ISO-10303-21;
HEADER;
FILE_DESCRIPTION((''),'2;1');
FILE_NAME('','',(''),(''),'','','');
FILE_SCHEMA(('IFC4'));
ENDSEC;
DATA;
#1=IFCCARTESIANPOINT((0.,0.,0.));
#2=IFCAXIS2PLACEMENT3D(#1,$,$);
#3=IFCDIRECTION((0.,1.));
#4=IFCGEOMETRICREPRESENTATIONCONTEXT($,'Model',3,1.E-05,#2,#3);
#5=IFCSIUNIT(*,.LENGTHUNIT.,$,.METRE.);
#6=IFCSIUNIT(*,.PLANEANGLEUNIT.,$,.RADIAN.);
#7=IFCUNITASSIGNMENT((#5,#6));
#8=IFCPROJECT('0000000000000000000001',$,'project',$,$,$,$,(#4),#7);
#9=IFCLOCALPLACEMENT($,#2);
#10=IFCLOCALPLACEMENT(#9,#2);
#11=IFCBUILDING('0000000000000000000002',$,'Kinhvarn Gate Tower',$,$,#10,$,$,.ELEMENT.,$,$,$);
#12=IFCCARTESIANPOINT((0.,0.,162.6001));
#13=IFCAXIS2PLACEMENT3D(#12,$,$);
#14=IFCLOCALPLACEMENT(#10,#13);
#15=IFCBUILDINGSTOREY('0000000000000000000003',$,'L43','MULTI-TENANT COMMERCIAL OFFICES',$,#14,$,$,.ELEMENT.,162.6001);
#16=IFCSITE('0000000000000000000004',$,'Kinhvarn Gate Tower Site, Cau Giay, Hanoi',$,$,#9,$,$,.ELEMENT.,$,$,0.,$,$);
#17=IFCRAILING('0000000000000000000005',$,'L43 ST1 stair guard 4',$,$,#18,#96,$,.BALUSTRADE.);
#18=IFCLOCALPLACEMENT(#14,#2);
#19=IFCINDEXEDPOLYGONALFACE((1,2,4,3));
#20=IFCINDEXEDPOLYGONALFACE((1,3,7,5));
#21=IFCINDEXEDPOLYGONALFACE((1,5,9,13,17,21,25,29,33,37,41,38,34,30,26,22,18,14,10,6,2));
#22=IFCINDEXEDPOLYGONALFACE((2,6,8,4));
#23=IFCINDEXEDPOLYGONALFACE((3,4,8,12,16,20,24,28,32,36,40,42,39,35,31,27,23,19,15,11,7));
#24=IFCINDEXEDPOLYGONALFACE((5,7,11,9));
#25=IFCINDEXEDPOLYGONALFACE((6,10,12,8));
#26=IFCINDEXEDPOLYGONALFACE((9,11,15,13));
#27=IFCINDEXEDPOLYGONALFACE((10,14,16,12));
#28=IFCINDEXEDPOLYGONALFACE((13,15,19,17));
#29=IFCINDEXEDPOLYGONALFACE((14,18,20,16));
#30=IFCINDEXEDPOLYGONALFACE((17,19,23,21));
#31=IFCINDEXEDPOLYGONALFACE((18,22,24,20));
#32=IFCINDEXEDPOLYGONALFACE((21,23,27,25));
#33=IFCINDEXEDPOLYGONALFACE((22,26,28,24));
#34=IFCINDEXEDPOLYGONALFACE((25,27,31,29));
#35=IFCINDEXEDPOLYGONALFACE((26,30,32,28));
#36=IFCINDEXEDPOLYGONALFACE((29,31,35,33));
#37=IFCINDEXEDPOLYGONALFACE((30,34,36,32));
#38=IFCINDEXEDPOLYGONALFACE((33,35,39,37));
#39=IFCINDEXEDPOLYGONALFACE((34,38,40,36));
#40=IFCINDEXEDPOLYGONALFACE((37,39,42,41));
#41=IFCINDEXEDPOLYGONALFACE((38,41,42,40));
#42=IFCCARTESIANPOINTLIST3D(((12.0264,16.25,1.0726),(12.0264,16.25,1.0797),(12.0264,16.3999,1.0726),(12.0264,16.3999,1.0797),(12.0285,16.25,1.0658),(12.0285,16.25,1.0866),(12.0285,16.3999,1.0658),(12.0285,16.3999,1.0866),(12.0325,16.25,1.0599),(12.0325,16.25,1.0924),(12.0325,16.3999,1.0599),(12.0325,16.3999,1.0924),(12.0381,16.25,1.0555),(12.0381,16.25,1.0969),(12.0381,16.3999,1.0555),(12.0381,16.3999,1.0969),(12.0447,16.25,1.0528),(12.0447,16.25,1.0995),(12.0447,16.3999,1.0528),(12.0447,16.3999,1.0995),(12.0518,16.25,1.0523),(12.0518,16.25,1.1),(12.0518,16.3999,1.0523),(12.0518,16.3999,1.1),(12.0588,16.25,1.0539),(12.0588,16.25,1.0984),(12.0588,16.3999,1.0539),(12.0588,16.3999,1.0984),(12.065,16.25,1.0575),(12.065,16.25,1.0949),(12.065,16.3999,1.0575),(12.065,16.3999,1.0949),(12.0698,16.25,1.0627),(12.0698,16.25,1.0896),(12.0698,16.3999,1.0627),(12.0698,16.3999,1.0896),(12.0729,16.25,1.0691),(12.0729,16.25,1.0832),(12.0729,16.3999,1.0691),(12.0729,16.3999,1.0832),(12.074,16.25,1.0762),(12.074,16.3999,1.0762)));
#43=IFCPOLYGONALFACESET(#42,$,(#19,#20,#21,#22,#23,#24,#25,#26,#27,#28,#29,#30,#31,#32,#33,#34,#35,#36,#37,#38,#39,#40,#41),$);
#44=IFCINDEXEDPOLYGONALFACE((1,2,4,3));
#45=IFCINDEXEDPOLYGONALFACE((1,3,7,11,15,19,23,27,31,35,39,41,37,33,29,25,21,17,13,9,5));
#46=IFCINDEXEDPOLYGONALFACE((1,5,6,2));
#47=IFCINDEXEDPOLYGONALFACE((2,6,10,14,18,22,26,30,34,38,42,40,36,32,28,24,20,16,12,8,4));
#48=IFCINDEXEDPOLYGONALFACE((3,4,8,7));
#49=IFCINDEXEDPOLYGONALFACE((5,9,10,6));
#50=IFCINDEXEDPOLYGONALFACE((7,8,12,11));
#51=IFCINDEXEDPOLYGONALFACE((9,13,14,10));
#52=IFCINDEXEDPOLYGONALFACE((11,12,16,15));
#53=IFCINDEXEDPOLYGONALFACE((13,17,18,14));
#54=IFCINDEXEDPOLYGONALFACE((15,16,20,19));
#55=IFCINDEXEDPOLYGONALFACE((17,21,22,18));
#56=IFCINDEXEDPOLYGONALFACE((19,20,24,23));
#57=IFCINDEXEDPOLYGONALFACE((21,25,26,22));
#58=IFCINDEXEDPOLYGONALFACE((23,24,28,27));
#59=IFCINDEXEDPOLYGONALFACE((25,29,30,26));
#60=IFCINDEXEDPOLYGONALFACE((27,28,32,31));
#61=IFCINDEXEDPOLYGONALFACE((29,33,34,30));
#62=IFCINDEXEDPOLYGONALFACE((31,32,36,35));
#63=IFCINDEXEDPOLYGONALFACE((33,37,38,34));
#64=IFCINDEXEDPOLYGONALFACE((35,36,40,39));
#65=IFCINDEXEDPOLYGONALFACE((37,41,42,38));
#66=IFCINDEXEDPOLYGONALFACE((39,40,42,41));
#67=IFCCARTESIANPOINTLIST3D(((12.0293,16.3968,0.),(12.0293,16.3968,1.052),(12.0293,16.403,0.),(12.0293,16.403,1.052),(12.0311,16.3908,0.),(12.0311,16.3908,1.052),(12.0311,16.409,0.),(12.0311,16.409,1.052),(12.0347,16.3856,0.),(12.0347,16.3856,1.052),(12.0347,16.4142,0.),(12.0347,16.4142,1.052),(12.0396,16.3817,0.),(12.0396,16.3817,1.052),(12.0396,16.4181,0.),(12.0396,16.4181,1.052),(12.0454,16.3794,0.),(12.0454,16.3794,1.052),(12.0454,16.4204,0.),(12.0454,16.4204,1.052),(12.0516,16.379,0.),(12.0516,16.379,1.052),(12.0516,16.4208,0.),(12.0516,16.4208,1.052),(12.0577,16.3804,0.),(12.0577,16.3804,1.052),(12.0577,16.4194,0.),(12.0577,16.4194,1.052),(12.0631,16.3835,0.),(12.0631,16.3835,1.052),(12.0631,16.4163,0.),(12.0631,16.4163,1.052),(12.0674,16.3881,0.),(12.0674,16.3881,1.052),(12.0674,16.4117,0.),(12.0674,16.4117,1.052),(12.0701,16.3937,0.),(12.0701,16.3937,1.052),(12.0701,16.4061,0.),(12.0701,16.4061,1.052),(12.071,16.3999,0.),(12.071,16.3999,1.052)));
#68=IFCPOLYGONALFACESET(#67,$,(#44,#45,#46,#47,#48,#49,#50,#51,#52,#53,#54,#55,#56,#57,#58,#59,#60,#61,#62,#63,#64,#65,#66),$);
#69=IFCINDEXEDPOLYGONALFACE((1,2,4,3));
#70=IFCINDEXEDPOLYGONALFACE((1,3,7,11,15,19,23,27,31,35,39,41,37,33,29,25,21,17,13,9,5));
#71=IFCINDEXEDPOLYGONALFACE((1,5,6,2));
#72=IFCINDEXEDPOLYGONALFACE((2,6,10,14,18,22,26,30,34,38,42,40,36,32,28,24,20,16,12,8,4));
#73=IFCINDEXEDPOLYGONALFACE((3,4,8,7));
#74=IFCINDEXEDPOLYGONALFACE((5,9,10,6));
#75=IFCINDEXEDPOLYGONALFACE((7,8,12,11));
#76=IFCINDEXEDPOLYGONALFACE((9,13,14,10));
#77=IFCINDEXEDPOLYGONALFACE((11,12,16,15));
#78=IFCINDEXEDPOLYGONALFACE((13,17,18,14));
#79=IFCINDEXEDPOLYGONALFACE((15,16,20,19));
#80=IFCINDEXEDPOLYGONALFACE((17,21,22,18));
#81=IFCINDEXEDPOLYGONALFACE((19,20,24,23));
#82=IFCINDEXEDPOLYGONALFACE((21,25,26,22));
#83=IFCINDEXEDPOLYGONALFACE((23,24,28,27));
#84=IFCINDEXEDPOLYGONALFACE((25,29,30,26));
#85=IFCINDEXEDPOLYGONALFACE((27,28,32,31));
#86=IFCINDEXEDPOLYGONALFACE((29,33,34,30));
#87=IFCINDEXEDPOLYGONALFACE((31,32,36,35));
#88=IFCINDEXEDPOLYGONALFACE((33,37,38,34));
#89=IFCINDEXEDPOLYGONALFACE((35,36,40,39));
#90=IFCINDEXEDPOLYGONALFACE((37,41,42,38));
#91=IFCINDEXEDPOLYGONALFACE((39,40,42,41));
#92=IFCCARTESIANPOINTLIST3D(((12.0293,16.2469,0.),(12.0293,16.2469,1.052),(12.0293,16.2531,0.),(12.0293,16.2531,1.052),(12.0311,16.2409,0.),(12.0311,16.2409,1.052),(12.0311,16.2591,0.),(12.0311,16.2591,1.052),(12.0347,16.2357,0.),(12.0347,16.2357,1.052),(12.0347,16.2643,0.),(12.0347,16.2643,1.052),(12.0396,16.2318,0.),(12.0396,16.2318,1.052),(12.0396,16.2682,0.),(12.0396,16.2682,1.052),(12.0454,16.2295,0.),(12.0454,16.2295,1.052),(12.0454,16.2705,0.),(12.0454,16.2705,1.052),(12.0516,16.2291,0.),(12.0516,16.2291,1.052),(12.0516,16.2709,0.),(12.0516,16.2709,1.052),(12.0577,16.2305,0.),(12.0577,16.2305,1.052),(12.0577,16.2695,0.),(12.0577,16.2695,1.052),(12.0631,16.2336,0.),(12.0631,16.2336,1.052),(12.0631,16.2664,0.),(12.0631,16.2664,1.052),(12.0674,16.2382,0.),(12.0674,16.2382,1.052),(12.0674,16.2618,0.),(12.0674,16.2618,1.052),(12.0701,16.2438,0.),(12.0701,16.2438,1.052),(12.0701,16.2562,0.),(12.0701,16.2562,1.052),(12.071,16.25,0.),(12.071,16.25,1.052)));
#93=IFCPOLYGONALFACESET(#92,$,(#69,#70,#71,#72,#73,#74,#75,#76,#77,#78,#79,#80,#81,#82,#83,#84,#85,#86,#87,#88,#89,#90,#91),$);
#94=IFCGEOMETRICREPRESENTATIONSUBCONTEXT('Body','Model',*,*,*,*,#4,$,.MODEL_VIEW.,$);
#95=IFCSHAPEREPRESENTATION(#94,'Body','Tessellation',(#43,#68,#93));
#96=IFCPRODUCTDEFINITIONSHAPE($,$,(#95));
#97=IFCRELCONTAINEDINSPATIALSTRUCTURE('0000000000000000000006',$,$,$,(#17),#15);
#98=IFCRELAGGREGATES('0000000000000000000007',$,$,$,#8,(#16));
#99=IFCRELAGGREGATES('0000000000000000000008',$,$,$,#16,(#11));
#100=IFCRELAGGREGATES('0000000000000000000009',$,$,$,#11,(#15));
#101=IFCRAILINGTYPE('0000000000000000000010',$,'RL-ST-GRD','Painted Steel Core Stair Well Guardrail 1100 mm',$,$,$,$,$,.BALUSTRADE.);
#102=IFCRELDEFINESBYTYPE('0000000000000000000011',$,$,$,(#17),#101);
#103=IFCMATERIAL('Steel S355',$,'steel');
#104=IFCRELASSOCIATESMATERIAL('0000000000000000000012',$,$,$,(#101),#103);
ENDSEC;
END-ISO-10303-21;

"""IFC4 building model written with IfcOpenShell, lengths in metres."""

from ifc_helpers import new_model, si_unit, direction, frame, origin, origin_2d, place, context, subcontext, project, spatial, circle, extrude, material, type_object, element, save


model = new_model("IFC4")

# Units and contexts
model_context = context("Model", 3, precision=1e-05, world=origin(), true_north=direction((0.0, 1.0)))
body_context = subcontext(model_context, "Body", "Model", "MODEL_VIEW")
ifc_project = project(units=[si_unit("LENGTHUNIT", "METRE"), si_unit("PLANEANGLEUNIT", "RADIAN")], contexts=[model_context])

# Site, building, storey
site_placement = place(None, origin())
site = spatial("IfcSite", under=ifc_project, at=site_placement, Name="Kinhvarn Gate Tower Site, Cau Giay, Hanoi", CompositionType="ELEMENT", RefElevation=0.0)
building_placement = place(site_placement, origin())
building = spatial("IfcBuilding", under=site, at=building_placement, Name="Kinhvarn Gate Tower", CompositionType="ELEMENT")
storey_placement = place(building_placement, frame((0.0, 0.0, 162.6001)))
storey = spatial("IfcBuildingStorey", under=building, at=storey_placement, Name="L43", Description="MULTI-TENANT COMMERCIAL OFFICES", CompositionType="ELEMENT", Elevation=162.6001)

# Shared definitions
ifc_material_1 = material(Name="Steel S355", Category="steel")

# Railing
railing_type_1 = type_object("IfcRailingType", Name="RL-ST-GRD", Description="Painted Steel Core Stair Well Guardrail 1100 mm", PredefinedType="BALUSTRADE", material=ifc_material_1)
railing_1_placement = place(storey_placement, frame((12.05, 16.3999, 0.0)))
element("IfcRailing", 1, at=railing_1_placement, inside=storey, type_object=railing_type_1, Name="L43 ST1 stair guard 4", PredefinedType="BALUSTRADE", context=body_context, shape_type="SweptSolid", body=[
    extrude(circle(Radius=0.0239, at=origin_2d()), frame((0.0, 0.0, 1.0762), z_axis=(0.0, -1.0, 0.0), x_axis=(1.0, 0.0, 0.0)), (0.0, 0.0, 1.0), 0.1499),
    extrude(circle(Radius=0.021, at=origin_2d()), origin(), (0.0, 0.0, 1.0), 1.052),
    extrude(circle(Radius=0.021, at=origin_2d()), frame((0.0, -0.1499, 0.0)), (0.0, 0.0, 1.0), 1.052),
])

save(model, "model.ifc")
